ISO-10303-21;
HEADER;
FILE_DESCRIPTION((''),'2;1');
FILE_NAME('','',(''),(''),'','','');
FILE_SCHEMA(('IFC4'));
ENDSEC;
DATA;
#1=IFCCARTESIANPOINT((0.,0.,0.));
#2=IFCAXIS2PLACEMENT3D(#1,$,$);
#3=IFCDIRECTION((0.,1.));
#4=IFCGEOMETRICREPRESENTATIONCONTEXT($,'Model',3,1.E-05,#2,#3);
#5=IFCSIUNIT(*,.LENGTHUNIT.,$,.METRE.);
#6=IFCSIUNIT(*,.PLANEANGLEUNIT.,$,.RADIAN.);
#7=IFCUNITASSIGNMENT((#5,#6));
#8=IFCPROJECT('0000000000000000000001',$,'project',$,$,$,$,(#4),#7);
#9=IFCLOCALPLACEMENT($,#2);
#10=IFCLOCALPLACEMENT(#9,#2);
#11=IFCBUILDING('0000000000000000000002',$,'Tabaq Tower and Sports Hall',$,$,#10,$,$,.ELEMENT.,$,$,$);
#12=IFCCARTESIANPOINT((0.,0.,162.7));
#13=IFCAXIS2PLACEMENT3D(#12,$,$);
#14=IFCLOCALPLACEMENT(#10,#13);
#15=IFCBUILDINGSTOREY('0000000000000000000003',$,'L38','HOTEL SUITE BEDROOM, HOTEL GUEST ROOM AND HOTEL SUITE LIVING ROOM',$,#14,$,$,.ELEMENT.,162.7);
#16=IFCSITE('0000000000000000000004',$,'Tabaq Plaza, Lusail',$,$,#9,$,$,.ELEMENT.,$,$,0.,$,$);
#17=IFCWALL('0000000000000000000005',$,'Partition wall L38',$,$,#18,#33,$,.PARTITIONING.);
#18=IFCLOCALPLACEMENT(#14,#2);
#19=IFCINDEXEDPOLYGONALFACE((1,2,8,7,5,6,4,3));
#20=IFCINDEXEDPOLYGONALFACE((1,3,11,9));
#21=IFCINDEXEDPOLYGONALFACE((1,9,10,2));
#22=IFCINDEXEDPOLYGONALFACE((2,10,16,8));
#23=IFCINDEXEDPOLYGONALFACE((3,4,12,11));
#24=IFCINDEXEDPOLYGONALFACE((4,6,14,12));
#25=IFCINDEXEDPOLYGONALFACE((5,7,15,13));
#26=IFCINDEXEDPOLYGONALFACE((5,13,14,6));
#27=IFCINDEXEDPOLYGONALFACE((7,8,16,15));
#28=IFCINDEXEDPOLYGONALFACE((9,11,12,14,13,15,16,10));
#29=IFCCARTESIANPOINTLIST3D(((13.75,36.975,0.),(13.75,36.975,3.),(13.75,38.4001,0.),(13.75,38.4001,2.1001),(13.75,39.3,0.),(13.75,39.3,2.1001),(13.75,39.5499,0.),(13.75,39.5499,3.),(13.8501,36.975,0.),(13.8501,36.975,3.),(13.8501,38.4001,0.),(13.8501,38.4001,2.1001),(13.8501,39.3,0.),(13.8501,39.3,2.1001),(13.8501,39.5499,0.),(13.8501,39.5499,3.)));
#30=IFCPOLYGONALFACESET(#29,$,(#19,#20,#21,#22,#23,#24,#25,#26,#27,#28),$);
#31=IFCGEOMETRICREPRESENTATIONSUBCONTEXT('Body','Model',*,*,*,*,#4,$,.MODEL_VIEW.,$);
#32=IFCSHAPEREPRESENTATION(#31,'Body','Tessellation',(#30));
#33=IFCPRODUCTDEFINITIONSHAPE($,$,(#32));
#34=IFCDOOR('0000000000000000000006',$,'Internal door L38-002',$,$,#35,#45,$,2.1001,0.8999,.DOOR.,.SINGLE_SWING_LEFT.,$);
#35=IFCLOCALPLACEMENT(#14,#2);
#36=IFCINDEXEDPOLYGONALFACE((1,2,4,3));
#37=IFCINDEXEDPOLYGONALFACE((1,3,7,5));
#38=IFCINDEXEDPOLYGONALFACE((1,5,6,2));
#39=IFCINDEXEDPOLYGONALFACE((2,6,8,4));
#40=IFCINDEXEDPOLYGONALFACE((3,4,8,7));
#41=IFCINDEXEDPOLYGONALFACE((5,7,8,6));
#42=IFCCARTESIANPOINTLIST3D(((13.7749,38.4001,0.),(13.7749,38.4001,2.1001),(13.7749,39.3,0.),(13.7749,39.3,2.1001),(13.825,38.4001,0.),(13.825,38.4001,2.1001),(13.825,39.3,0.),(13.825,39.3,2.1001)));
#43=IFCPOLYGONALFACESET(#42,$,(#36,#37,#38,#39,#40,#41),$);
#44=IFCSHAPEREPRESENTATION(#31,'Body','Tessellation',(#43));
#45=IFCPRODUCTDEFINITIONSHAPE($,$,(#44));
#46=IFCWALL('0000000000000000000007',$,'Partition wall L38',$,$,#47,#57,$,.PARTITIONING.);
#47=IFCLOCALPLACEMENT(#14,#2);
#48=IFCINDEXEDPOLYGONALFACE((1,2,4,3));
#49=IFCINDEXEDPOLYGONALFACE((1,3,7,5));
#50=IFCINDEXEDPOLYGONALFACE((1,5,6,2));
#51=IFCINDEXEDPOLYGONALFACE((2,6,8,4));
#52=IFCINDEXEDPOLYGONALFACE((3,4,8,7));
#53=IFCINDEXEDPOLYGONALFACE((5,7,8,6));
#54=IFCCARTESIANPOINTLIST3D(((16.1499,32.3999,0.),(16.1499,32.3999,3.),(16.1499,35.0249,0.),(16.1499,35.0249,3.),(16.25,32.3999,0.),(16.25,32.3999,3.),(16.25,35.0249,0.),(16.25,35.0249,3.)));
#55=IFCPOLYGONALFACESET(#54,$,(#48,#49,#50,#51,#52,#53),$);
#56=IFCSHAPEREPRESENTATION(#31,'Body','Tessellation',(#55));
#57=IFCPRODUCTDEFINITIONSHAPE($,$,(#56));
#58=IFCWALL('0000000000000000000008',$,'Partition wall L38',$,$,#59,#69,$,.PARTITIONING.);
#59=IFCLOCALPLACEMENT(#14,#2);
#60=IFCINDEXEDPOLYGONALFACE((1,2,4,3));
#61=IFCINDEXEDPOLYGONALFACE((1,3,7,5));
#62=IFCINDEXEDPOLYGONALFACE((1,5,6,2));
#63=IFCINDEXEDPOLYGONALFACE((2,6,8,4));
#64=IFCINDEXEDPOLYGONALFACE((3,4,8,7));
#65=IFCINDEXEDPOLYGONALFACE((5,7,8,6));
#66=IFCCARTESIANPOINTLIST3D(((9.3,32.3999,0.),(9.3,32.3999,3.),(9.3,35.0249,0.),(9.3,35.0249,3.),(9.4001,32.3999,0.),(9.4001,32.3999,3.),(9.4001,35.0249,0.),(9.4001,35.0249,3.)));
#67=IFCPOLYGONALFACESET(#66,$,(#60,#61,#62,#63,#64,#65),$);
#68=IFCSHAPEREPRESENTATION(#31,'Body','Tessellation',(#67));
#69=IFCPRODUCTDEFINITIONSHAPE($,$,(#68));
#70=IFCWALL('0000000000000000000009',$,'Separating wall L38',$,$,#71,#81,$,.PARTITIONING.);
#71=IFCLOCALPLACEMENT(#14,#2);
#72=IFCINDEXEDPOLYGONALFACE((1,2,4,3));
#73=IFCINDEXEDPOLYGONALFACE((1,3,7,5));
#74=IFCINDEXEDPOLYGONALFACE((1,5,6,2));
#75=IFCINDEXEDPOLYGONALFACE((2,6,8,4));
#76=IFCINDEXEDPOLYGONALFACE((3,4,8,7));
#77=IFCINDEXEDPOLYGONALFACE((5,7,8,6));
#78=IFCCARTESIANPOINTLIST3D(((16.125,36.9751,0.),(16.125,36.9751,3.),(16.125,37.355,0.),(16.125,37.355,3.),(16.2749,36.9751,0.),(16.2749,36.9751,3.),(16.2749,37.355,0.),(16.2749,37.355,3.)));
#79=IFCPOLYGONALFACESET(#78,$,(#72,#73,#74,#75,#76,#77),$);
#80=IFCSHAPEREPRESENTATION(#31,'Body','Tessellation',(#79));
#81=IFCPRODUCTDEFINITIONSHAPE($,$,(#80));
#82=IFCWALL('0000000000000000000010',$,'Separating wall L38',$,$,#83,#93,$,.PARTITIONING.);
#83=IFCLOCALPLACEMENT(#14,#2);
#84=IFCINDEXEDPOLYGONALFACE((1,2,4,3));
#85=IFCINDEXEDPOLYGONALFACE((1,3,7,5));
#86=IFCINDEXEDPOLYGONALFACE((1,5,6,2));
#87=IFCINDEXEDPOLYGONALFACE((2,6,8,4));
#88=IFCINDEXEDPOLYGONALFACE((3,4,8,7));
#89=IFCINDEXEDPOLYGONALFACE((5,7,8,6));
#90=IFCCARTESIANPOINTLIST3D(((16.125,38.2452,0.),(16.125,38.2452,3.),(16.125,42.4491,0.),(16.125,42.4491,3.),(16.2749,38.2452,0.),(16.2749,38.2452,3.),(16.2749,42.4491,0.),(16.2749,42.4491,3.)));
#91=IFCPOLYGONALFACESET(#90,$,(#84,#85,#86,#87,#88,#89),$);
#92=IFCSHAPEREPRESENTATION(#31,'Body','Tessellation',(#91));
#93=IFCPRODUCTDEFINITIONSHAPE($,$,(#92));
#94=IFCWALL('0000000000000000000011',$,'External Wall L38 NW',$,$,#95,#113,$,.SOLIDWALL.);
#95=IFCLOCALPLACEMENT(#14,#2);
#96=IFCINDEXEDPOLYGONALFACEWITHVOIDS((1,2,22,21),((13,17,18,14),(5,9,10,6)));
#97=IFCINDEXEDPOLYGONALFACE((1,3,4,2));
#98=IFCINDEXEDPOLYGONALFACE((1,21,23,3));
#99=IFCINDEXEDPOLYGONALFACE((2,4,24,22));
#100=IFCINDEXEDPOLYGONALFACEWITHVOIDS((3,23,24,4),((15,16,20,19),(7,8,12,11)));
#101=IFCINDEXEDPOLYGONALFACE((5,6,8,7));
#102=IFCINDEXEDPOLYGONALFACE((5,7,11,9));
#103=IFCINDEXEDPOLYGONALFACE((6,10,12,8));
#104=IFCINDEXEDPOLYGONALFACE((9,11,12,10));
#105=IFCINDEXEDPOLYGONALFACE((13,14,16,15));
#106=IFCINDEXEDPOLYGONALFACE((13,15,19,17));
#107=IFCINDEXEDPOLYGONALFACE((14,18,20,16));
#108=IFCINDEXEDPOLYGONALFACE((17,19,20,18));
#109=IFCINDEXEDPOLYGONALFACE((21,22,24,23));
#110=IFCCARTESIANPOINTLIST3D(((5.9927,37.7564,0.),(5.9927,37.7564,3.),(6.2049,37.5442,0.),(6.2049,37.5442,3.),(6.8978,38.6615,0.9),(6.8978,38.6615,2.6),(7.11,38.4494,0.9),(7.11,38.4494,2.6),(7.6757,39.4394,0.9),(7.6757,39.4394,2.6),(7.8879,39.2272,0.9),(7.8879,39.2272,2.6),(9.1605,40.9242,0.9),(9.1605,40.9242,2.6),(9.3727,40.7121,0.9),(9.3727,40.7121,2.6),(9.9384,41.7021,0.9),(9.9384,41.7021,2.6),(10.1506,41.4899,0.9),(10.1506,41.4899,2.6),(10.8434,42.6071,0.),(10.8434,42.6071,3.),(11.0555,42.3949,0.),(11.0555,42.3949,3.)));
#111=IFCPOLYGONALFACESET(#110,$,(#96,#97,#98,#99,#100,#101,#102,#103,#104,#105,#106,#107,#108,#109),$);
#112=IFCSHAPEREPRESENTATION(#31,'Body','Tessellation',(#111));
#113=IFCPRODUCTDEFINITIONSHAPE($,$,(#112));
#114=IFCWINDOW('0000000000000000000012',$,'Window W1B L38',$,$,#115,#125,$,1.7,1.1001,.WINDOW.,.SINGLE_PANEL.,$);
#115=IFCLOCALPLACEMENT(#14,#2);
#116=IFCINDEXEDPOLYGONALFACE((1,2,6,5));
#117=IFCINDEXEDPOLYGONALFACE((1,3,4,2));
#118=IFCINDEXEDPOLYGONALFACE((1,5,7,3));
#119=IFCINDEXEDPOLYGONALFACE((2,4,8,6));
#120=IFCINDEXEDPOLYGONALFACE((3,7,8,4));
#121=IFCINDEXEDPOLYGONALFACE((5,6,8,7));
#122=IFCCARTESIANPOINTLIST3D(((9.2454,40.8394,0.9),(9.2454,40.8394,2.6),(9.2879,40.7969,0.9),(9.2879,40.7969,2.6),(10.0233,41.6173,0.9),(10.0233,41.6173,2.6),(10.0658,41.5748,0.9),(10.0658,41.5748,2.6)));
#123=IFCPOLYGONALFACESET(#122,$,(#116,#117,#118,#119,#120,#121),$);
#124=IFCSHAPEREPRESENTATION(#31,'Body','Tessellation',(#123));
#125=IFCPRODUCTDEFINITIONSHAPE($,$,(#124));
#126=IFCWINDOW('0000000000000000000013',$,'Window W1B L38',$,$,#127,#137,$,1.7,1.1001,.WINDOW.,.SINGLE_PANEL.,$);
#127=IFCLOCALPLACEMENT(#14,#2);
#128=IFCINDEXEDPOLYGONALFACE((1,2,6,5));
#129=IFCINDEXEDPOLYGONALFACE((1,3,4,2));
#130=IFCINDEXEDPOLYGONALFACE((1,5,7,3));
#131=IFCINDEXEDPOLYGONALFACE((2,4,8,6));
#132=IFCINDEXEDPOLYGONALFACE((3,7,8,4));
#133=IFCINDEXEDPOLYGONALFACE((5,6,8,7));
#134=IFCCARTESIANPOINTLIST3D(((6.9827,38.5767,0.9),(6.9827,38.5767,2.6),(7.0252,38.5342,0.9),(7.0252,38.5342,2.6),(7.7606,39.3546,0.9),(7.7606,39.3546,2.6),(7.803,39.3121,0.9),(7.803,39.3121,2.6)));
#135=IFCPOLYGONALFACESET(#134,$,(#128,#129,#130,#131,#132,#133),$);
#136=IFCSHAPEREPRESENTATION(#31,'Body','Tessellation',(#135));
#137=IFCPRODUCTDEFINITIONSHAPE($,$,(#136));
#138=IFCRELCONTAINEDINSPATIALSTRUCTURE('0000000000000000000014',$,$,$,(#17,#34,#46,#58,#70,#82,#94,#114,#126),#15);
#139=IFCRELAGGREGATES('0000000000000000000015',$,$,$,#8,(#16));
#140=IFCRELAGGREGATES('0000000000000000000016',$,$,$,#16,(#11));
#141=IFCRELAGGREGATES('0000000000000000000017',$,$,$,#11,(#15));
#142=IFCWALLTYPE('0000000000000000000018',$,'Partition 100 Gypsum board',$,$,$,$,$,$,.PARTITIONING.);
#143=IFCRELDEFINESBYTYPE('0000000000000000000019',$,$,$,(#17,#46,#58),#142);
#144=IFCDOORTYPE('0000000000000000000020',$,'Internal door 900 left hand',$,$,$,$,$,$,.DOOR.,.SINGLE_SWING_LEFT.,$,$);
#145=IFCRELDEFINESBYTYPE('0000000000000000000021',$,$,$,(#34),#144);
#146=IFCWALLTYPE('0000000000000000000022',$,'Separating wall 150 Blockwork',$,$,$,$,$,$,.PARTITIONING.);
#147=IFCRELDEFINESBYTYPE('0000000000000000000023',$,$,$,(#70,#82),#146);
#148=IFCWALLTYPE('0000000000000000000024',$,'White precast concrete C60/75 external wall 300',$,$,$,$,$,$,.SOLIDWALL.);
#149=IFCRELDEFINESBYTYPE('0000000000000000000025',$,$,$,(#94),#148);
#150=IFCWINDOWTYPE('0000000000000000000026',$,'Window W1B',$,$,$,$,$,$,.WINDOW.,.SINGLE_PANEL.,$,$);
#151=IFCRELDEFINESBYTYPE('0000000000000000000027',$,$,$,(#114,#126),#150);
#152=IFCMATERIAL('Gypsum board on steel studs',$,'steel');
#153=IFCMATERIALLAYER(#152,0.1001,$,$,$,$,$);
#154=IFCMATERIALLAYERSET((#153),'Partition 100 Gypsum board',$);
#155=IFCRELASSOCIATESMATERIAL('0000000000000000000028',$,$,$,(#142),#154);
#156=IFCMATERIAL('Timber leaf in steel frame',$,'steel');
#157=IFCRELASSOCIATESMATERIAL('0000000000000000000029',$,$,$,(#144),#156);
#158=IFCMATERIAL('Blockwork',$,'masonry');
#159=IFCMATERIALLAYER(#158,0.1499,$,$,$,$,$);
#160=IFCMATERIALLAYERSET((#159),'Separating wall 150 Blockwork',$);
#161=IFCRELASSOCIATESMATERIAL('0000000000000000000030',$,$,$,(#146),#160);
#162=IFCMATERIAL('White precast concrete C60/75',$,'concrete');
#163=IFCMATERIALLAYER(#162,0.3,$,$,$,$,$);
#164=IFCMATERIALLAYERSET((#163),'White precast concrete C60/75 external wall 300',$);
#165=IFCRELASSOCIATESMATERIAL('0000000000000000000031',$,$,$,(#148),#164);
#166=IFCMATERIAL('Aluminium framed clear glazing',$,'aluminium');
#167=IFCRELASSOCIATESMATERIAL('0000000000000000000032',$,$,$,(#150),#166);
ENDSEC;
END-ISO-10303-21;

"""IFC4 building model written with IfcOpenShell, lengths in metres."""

from ifc_helpers import new_model, si_unit, direction, frame, frame_2d, origin, place, context, subcontext, project, spatial, rectangle, extrude, material, layer, layer_set, type_object, element, fill, save


model = new_model("IFC4")

# Units and contexts
model_context = context("Model", 3, precision=1e-05, world=origin(), true_north=direction((0.0, 1.0)))
body_context = subcontext(model_context, "Body", "Model", "MODEL_VIEW")
ifc_project = project(units=[si_unit("LENGTHUNIT", "METRE"), si_unit("PLANEANGLEUNIT", "RADIAN")], contexts=[model_context])

# Site, building, storey
site_placement = place(None, origin())
site = spatial("IfcSite", under=ifc_project, at=site_placement, Name="Tabaq Plaza, Lusail", CompositionType="ELEMENT", RefElevation=0.0)
building_placement = place(site_placement, origin())
building = spatial("IfcBuilding", under=site, at=building_placement, Name="Tabaq Tower and Sports Hall", CompositionType="ELEMENT")
storey_placement = place(building_placement, frame((0.0, 0.0, 162.7)))
storey = spatial("IfcBuildingStorey", under=building, at=storey_placement, Name="L38", Description="HOTEL SUITE BEDROOM, HOTEL GUEST ROOM AND HOTEL SUITE LIVING ROOM", CompositionType="ELEMENT", Elevation=162.7)

# Shared definitions
ifc_material_1 = material(Name="Gypsum board on steel studs", Category="steel")
ifc_layer_1 = layer(ifc_material_1, 0.1001)
ifc_layer_set_1 = layer_set([ifc_layer_1], Name="Partition 100 Gypsum board")
wall_type_1 = type_object("IfcWallType", Name="Partition 100 Gypsum board", PredefinedType="PARTITIONING", material=ifc_layer_set_1)

# Wall, opening, door
wall_1_placement = place(storey_placement, frame((13.8, 39.55, 0.0), z_axis=(0.0, 0.0, 1.0), x_axis=(0.0, -1.0, 0.0)))
wall_1 = element("IfcWall", 1, at=wall_1_placement, inside=storey, type_object=wall_type_1, Name="Partition wall L38", PredefinedType="PARTITIONING", context=body_context, shape_type="SweptSolid", body=[
    extrude(rectangle(XDim=2.575, YDim=0.1001, at=frame_2d((1.2876, 0.0))), origin(), (0.0, 0.0, 1.0), 3.0),
])
opening_1_placement = place(wall_1_placement, frame((0.25, 0.0, 0.0)))
opening_1 = element("IfcOpeningElement", 2, at=opening_1_placement, cuts=wall_1, PredefinedType="OPENING", context=body_context, shape_type="SweptSolid", body=[
    extrude(rectangle(XDim=0.8999, YDim=2.1001, at=frame_2d((0.45, 1.05))), frame((0.0, 0.05, 0.0), z_axis=(0.0, -1.0, 0.0), x_axis=(1.0, 0.0, 0.0)), (0.0, 0.0, 1.0), 0.1001),
])
ifc_material_2 = material(Name="Timber leaf in steel frame", Category="steel")
door_type_1 = type_object("IfcDoorType", Name="Internal door 900 left hand", OperationType="SINGLE_SWING_LEFT", PredefinedType="DOOR", material=ifc_material_2)
door_1_placement = place(opening_1_placement, origin())
door_1 = element("IfcDoor", 3, at=door_1_placement, inside=storey, type_object=door_type_1, Name="Internal door L38-002", OperationType="SINGLE_SWING_LEFT", OverallHeight=2.1001, OverallWidth=0.8999, PredefinedType="DOOR", context=body_context, shape_type="SweptSolid", body=[
    extrude(rectangle(XDim=0.8999, YDim=2.1001, at=frame_2d((0.45, 1.05))), frame((0.0, 0.0249, 0.0), z_axis=(0.0, -1.0, 0.0), x_axis=(1.0, 0.0, 0.0)), (0.0, 0.0, 1.0), 0.05),
])
fill(opening_1, door_1)

# Walls
for number, where, z_axis, x_axis, name in (
    (4, (16.2, 35.0249, 0.0), (0.0, 0.0, 1.0), (0.0, -1.0, 0.0), "Partition wall L38"),
    (5, (9.3501, 35.0249, 0.0), (0.0, 0.0, 1.0), (0.0, -1.0, 0.0), "Partition wall L38"),
):
    element("IfcWall", number, at=place(storey_placement, frame(where, z_axis=z_axis, x_axis=x_axis)), inside=storey, type_object=wall_type_1, Name=name, PredefinedType="PARTITIONING", context=body_context, shape_type="SweptSolid", body=[
        extrude(rectangle(XDim=2.625, YDim=0.1001, at=frame_2d((1.3125, 0.0))), origin(), (0.0, 0.0, 1.0), 3.0),
    ])
ifc_material_3 = material(Name="Blockwork", Category="masonry")
ifc_layer_2 = layer(ifc_material_3, 0.1499)
ifc_layer_set_2 = layer_set([ifc_layer_2], Name="Separating wall 150 Blockwork")
wall_type_2 = type_object("IfcWallType", Name="Separating wall 150 Blockwork", PredefinedType="PARTITIONING", material=ifc_layer_set_2)
wall_2_placement = place(storey_placement, frame((16.2, 36.9751, 0.0), z_axis=(0.0, 0.0, 1.0), x_axis=(0.0, 1.0, 0.0)))
element("IfcWall", 6, at=wall_2_placement, inside=storey, type_object=wall_type_2, Name="Separating wall L38", PredefinedType="PARTITIONING", context=body_context, shape_type="SweptSolid", body=[
    extrude(rectangle(XDim=0.3799, YDim=0.1499, at=frame_2d((0.1899, 0.0))), origin(), (0.0, 0.0, 1.0), 3.0),
])
wall_3_placement = place(storey_placement, frame((16.2, 38.2451, 0.0), z_axis=(0.0, 0.0, 1.0), x_axis=(0.0, 1.0, 0.0)))
element("IfcWall", 7, at=wall_3_placement, inside=storey, type_object=wall_type_2, Name="Separating wall L38", PredefinedType="PARTITIONING", context=body_context, shape_type="SweptSolid", body=[
    extrude(rectangle(XDim=4.2039, YDim=0.1499, at=frame_2d((2.1021, 0.0))), origin(), (0.0, 0.0, 1.0), 3.0),
])

# Wall, openings, windows
ifc_material_4 = material(Name="White precast concrete C60/75", Category="concrete")
ifc_layer_3 = layer(ifc_material_4, 0.3)
ifc_layer_set_3 = layer_set([ifc_layer_3], Name="White precast concrete C60/75 external wall 300")
wall_type_3 = type_object("IfcWallType", Name="White precast concrete C60/75 external wall 300", PredefinedType="SOLIDWALL", material=ifc_layer_set_3)
wall_4_placement = place(storey_placement, frame((10.9495, 42.501, 0.0), z_axis=(0.0, 0.0, 1.0), x_axis=(-0.707107, -0.707107, 0.0)))
wall_4 = element("IfcWall", 8, at=wall_4_placement, inside=storey, type_object=wall_type_3, Name="External Wall L38 NW", PredefinedType="SOLIDWALL", context=body_context, shape_type="SweptSolid", body=[
    extrude(rectangle(XDim=6.8599, YDim=0.3, at=frame_2d((3.4299, 0.0))), origin(), (0.0, 0.0, 1.0), 3.0),
])
opening_2_placement = place(wall_4_placement, frame((1.2798, 0.0, 0.8999)))
opening_2 = element("IfcOpeningElement", 9, at=opening_2_placement, cuts=wall_4, PredefinedType="OPENING", context=body_context, shape_type="SweptSolid", body=[
    extrude(rectangle(XDim=1.1001, YDim=1.7, at=frame_2d((0.55, 0.8501))), frame((0.0, 0.1602, 0.0), z_axis=(0.0, -1.0, 0.0), x_axis=(1.0, 0.0, 0.0)), (0.0, 0.0, 1.0), 0.3201),
])
opening_3_placement = place(wall_4_placement, frame((4.4797, 0.0, 0.8999)))
opening_3 = element("IfcOpeningElement", 10, at=opening_3_placement, cuts=wall_4, PredefinedType="OPENING", context=body_context, shape_type="SweptSolid", body=[
    extrude(rectangle(XDim=1.1001, YDim=1.7, at=frame_2d((0.55, 0.8501))), frame((0.0, 0.1602, 0.0), z_axis=(0.0, -1.0, 0.0), x_axis=(1.0, 0.0, 0.0)), (0.0, 0.0, 1.0), 0.3201),
])
ifc_material_5 = material(Name="Aluminium framed clear glazing", Category="aluminium")
window_type = type_object("IfcWindowType", Name="Window W1B", PartitioningType="SINGLE_PANEL", PredefinedType="WINDOW", material=ifc_material_5)
window_1_placement = place(opening_2_placement, origin())
window_1 = element("IfcWindow", 11, at=window_1_placement, inside=storey, type_object=window_type, Name="Window W1B L38", OverallHeight=1.7, OverallWidth=1.1001, PartitioningType="SINGLE_PANEL", PredefinedType="WINDOW", context=body_context, shape_type="SweptSolid", body=[
    extrude(rectangle(XDim=1.1001, YDim=1.7, at=frame_2d((0.55, 0.8501))), frame((0.0, 0.03, 0.0), z_axis=(0.0, -1.0, 0.0), x_axis=(1.0, 0.0, 0.0)), (0.0, 0.0, 1.0), 0.0601),
])
fill(opening_2, window_1)
window_2_placement = place(opening_3_placement, origin())
window_2 = element("IfcWindow", 12, at=window_2_placement, inside=storey, type_object=window_type, Name="Window W1B L38", OverallHeight=1.7, OverallWidth=1.1001, PartitioningType="SINGLE_PANEL", PredefinedType="WINDOW", context=body_context, shape_type="SweptSolid", body=[
    extrude(rectangle(XDim=1.1001, YDim=1.7, at=frame_2d((0.55, 0.8501))), frame((0.0, 0.03, 0.0), z_axis=(0.0, -1.0, 0.0), x_axis=(1.0, 0.0, 0.0)), (0.0, 0.0, 1.0), 0.0601),
])
fill(opening_3, window_2)

save(model, "model.ifc")
